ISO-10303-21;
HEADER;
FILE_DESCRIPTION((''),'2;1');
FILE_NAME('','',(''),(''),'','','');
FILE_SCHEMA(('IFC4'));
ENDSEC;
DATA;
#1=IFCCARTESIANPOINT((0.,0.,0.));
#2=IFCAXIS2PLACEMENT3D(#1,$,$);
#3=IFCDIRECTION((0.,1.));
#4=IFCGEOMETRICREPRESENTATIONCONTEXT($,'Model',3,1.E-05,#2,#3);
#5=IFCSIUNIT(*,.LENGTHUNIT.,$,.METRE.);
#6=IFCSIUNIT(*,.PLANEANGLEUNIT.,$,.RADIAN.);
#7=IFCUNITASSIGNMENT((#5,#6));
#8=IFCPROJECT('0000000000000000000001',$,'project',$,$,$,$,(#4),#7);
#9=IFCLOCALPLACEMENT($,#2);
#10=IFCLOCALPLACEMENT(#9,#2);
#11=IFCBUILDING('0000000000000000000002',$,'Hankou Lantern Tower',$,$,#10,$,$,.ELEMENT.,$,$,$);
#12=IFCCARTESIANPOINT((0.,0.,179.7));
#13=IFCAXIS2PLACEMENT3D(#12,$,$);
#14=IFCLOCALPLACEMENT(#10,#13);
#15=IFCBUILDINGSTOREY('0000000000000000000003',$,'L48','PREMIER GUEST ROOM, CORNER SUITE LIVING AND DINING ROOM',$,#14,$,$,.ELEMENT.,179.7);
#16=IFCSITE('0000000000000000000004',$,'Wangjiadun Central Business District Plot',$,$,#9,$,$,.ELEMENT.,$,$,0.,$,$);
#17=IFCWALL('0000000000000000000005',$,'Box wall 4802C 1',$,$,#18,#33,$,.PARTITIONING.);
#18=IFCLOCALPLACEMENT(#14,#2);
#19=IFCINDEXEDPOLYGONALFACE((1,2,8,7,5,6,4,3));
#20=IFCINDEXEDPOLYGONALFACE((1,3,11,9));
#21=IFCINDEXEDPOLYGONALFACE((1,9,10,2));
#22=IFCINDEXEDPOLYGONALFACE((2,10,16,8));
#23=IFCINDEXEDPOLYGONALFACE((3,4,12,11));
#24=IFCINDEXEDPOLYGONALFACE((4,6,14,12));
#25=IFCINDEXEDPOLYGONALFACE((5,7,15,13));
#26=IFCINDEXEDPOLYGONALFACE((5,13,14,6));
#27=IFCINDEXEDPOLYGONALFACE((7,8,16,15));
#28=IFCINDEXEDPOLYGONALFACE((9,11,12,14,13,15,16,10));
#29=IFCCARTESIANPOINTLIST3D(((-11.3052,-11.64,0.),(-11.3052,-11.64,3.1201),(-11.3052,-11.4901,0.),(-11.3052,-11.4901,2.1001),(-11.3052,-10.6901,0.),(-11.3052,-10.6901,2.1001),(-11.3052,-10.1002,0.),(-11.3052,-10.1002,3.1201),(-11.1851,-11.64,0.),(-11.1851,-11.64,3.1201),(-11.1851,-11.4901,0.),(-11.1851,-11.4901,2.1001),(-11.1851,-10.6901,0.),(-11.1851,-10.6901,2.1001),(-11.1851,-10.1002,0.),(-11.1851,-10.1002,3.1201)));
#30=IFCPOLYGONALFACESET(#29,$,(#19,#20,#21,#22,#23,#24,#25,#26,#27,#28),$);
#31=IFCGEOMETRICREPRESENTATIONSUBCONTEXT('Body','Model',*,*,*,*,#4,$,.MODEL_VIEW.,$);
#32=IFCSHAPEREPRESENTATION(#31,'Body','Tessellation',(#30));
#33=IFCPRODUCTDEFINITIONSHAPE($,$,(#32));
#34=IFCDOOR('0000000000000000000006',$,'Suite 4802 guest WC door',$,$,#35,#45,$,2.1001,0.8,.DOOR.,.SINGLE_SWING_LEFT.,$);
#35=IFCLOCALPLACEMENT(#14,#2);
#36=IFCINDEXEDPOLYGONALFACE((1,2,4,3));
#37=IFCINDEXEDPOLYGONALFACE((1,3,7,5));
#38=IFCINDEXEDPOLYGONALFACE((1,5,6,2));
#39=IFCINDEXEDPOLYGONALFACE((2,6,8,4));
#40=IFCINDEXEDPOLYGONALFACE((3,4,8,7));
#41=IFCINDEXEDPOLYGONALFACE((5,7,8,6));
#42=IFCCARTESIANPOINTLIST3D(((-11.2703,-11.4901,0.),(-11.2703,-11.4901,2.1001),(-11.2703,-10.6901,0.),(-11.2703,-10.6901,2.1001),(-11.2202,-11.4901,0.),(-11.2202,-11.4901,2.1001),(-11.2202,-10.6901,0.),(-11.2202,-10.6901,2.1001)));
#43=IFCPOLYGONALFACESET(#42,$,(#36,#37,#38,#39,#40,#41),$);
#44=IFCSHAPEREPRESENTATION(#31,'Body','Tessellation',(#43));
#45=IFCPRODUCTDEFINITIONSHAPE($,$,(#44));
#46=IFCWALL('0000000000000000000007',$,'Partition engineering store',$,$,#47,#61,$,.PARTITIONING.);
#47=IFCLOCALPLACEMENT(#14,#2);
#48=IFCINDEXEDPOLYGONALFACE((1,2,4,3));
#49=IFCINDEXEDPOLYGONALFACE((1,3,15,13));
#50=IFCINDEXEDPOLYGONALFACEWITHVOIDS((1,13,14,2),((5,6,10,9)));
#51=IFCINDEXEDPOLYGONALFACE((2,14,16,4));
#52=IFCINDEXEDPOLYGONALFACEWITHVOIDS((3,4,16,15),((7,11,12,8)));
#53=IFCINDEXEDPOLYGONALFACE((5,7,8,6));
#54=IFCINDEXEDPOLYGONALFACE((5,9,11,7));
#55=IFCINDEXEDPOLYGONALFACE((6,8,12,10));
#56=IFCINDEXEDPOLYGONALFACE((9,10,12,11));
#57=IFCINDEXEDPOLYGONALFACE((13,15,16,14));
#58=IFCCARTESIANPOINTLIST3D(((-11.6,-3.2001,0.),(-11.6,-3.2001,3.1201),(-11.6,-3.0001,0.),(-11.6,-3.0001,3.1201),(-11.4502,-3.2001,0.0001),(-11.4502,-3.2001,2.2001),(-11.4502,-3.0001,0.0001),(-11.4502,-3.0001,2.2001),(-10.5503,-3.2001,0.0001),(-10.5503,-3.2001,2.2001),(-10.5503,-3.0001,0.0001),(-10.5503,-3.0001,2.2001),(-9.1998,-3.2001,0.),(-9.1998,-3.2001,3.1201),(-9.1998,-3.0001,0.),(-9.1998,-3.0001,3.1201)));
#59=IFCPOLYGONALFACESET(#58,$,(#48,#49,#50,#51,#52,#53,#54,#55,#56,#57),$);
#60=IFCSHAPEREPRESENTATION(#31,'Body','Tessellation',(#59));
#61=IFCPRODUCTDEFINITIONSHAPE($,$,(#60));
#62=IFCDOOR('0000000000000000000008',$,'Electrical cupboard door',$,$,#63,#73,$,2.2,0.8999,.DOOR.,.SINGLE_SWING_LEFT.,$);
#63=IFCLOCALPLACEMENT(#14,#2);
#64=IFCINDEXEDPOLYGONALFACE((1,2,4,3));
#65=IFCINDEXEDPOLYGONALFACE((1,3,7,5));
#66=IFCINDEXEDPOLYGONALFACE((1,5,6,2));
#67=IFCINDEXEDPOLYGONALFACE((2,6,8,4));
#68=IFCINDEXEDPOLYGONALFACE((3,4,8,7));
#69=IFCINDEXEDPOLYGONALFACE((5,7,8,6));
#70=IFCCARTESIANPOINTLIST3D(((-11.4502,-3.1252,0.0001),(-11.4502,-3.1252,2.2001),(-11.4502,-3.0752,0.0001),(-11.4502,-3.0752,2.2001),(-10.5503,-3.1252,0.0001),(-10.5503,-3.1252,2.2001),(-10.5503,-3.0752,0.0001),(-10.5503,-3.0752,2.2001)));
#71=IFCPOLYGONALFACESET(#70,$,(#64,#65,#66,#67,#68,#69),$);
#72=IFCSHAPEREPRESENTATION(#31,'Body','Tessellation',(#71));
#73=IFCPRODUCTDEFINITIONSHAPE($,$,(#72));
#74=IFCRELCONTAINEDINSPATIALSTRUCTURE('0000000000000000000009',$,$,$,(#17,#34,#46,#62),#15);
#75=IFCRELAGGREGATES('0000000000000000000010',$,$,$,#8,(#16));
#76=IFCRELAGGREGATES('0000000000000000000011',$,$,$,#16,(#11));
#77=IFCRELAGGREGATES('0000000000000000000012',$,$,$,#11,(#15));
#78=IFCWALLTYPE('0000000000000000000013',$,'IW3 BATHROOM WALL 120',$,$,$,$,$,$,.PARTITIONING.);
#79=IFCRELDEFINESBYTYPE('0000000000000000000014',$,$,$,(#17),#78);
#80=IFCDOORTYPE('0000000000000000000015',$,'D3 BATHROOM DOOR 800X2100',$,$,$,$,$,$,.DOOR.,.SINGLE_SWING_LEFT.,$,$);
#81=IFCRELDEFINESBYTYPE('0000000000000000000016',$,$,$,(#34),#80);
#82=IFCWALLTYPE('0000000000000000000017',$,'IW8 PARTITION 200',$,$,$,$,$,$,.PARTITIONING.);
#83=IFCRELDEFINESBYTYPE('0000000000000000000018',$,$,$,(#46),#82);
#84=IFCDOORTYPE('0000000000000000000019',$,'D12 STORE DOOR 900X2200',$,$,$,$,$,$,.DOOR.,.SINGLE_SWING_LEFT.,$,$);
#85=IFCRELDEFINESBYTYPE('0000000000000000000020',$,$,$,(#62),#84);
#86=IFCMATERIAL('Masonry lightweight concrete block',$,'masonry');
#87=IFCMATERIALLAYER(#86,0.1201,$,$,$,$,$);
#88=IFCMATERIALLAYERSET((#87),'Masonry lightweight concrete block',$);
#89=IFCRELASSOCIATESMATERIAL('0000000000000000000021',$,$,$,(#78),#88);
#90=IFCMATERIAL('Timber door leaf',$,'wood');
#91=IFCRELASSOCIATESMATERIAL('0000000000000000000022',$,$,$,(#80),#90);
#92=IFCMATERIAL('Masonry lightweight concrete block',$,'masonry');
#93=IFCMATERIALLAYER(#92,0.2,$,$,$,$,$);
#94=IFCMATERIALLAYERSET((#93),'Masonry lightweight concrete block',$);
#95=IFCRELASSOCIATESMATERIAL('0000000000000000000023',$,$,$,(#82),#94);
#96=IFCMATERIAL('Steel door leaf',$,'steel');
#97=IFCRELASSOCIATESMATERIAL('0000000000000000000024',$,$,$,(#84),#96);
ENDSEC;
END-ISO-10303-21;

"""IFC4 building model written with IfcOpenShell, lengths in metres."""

from ifc_helpers import new_model, si_unit, direction, frame, frame_2d, origin, place, context, subcontext, project, spatial, rectangle, extrude, material, layer, layer_set, type_object, element, fill, save


model = new_model("IFC4")

# Units and contexts
model_context = context("Model", 3, precision=1e-05, world=origin(), true_north=direction((0.0, 1.0)))
body_context = subcontext(model_context, "Body", "Model", "MODEL_VIEW")
ifc_project = project(units=[si_unit("LENGTHUNIT", "METRE"), si_unit("PLANEANGLEUNIT", "RADIAN")], contexts=[model_context])

# Site, building, storey
site_placement = place(None, origin())
site = spatial("IfcSite", under=ifc_project, at=site_placement, Name="Wangjiadun Central Business District Plot", CompositionType="ELEMENT", RefElevation=0.0)
building_placement = place(site_placement, origin())
building = spatial("IfcBuilding", under=site, at=building_placement, Name="Hankou Lantern Tower", CompositionType="ELEMENT")
storey_placement = place(building_placement, frame((0.0, 0.0, 179.7)))
storey = spatial("IfcBuildingStorey", under=building, at=storey_placement, Name="L48", Description="PREMIER GUEST ROOM, CORNER SUITE LIVING AND DINING ROOM", CompositionType="ELEMENT", Elevation=179.7)

# Walls, openings, doors
ifc_material_1 = material(Name="Masonry lightweight concrete block", Category="masonry")
ifc_layer_1 = layer(ifc_material_1, 0.1201)
ifc_layer_set_1 = layer_set([ifc_layer_1], Name="Masonry lightweight concrete block")
wall_type_1 = type_object("IfcWallType", Name="IW3 BATHROOM WALL 120", PredefinedType="PARTITIONING", material=ifc_layer_set_1)
wall_1_placement = place(storey_placement, frame((-11.2451, -10.1001, 0.0), z_axis=(0.0, 0.0, 1.0), x_axis=(0.0, -1.0, 0.0)))
wall_1 = element("IfcWall", 1, at=wall_1_placement, inside=storey, type_object=wall_type_1, Name="Box wall 4802C 1", PredefinedType="PARTITIONING", context=body_context, shape_type="SweptSolid", body=[
    extrude(rectangle(XDim=1.5398, YDim=0.1201, at=frame_2d((0.77, 0.0))), origin(), (0.0, 0.0, 1.0), 3.1201),
])
opening_1_placement = place(wall_1_placement, frame((0.5901, 0.0, 0.0)))
opening_1 = element("IfcOpeningElement", 2, at=opening_1_placement, cuts=wall_1, PredefinedType="OPENING", context=body_context, shape_type="SweptSolid", body=[
    extrude(rectangle(XDim=0.8, YDim=2.1001, at=frame_2d((0.3999, 1.05))), frame((0.0, 0.0701, 0.0), z_axis=(0.0, -1.0, 0.0), x_axis=(1.0, 0.0, 0.0)), (0.0, 0.0, 1.0), 0.1401),
])
ifc_material_2 = material(Name="Timber door leaf", Category="wood")
door_type_1 = type_object("IfcDoorType", Name="D3 BATHROOM DOOR 800X2100", OperationType="SINGLE_SWING_LEFT", PredefinedType="DOOR", material=ifc_material_2)
door_1_placement = place(opening_1_placement, origin())
door_1 = element("IfcDoor", 3, at=door_1_placement, inside=storey, type_object=door_type_1, Name="Suite 4802 guest WC door", OperationType="SINGLE_SWING_LEFT", OverallHeight=2.1001, OverallWidth=0.8, PredefinedType="DOOR", context=body_context, shape_type="SweptSolid", body=[
    extrude(rectangle(XDim=0.8, YDim=2.1001, at=frame_2d((0.3999, 1.05))), frame((0.0, 0.0249, 0.0), z_axis=(0.0, -1.0, 0.0), x_axis=(1.0, 0.0, 0.0)), (0.0, 0.0, 1.0), 0.05),
])
fill(opening_1, door_1)
ifc_material_3 = material(Name="Masonry lightweight concrete block", Category="masonry")
ifc_layer_2 = layer(ifc_material_3, 0.2)
ifc_layer_set_2 = layer_set([ifc_layer_2], Name="Masonry lightweight concrete block")
wall_type_2 = type_object("IfcWallType", Name="IW8 PARTITION 200", PredefinedType="PARTITIONING", material=ifc_layer_set_2)
wall_2_placement = place(storey_placement, frame((-11.6001, -3.1001, 0.0), z_axis=(0.0, 0.0, 1.0), x_axis=(1.0, 0.0, 0.0)))
wall_2 = element("IfcWall", 4, at=wall_2_placement, inside=storey, type_object=wall_type_2, Name="Partition engineering store", PredefinedType="PARTITIONING", context=body_context, shape_type="SweptSolid", body=[
    extrude(rectangle(XDim=2.4001, YDim=0.2, at=frame_2d((1.2002, 0.0))), origin(), (0.0, 0.0, 1.0), 3.1201),
])
opening_2_placement = place(wall_2_placement, frame((0.1499, 0.0, 0.0)))
opening_2 = element("IfcOpeningElement", 5, at=opening_2_placement, cuts=wall_2, PredefinedType="OPENING", context=body_context, shape_type="SweptSolid", body=[
    extrude(rectangle(XDim=0.8999, YDim=2.2, at=frame_2d((0.45, 1.1001))), frame((0.0, 0.1099, 0.0), z_axis=(0.0, -1.0, 0.0), x_axis=(1.0, 0.0, 0.0)), (0.0, 0.0, 1.0), 0.22),
])
ifc_material_4 = material(Name="Steel door leaf", Category="steel")
door_type_2 = type_object("IfcDoorType", Name="D12 STORE DOOR 900X2200", OperationType="SINGLE_SWING_LEFT", PredefinedType="DOOR", material=ifc_material_4)
door_2_placement = place(opening_2_placement, origin())
door_2 = element("IfcDoor", 6, at=door_2_placement, inside=storey, type_object=door_type_2, Name="Electrical cupboard door", OperationType="SINGLE_SWING_LEFT", OverallHeight=2.2, OverallWidth=0.8999, PredefinedType="DOOR", context=body_context, shape_type="SweptSolid", body=[
    extrude(rectangle(XDim=0.8999, YDim=2.2, at=frame_2d((0.45, 1.1001))), frame((0.0, 0.0249, 0.0), z_axis=(0.0, -1.0, 0.0), x_axis=(1.0, 0.0, 0.0)), (0.0, 0.0, 1.0), 0.05),
])
fill(opening_2, door_2)

save(model, "model.ifc")
